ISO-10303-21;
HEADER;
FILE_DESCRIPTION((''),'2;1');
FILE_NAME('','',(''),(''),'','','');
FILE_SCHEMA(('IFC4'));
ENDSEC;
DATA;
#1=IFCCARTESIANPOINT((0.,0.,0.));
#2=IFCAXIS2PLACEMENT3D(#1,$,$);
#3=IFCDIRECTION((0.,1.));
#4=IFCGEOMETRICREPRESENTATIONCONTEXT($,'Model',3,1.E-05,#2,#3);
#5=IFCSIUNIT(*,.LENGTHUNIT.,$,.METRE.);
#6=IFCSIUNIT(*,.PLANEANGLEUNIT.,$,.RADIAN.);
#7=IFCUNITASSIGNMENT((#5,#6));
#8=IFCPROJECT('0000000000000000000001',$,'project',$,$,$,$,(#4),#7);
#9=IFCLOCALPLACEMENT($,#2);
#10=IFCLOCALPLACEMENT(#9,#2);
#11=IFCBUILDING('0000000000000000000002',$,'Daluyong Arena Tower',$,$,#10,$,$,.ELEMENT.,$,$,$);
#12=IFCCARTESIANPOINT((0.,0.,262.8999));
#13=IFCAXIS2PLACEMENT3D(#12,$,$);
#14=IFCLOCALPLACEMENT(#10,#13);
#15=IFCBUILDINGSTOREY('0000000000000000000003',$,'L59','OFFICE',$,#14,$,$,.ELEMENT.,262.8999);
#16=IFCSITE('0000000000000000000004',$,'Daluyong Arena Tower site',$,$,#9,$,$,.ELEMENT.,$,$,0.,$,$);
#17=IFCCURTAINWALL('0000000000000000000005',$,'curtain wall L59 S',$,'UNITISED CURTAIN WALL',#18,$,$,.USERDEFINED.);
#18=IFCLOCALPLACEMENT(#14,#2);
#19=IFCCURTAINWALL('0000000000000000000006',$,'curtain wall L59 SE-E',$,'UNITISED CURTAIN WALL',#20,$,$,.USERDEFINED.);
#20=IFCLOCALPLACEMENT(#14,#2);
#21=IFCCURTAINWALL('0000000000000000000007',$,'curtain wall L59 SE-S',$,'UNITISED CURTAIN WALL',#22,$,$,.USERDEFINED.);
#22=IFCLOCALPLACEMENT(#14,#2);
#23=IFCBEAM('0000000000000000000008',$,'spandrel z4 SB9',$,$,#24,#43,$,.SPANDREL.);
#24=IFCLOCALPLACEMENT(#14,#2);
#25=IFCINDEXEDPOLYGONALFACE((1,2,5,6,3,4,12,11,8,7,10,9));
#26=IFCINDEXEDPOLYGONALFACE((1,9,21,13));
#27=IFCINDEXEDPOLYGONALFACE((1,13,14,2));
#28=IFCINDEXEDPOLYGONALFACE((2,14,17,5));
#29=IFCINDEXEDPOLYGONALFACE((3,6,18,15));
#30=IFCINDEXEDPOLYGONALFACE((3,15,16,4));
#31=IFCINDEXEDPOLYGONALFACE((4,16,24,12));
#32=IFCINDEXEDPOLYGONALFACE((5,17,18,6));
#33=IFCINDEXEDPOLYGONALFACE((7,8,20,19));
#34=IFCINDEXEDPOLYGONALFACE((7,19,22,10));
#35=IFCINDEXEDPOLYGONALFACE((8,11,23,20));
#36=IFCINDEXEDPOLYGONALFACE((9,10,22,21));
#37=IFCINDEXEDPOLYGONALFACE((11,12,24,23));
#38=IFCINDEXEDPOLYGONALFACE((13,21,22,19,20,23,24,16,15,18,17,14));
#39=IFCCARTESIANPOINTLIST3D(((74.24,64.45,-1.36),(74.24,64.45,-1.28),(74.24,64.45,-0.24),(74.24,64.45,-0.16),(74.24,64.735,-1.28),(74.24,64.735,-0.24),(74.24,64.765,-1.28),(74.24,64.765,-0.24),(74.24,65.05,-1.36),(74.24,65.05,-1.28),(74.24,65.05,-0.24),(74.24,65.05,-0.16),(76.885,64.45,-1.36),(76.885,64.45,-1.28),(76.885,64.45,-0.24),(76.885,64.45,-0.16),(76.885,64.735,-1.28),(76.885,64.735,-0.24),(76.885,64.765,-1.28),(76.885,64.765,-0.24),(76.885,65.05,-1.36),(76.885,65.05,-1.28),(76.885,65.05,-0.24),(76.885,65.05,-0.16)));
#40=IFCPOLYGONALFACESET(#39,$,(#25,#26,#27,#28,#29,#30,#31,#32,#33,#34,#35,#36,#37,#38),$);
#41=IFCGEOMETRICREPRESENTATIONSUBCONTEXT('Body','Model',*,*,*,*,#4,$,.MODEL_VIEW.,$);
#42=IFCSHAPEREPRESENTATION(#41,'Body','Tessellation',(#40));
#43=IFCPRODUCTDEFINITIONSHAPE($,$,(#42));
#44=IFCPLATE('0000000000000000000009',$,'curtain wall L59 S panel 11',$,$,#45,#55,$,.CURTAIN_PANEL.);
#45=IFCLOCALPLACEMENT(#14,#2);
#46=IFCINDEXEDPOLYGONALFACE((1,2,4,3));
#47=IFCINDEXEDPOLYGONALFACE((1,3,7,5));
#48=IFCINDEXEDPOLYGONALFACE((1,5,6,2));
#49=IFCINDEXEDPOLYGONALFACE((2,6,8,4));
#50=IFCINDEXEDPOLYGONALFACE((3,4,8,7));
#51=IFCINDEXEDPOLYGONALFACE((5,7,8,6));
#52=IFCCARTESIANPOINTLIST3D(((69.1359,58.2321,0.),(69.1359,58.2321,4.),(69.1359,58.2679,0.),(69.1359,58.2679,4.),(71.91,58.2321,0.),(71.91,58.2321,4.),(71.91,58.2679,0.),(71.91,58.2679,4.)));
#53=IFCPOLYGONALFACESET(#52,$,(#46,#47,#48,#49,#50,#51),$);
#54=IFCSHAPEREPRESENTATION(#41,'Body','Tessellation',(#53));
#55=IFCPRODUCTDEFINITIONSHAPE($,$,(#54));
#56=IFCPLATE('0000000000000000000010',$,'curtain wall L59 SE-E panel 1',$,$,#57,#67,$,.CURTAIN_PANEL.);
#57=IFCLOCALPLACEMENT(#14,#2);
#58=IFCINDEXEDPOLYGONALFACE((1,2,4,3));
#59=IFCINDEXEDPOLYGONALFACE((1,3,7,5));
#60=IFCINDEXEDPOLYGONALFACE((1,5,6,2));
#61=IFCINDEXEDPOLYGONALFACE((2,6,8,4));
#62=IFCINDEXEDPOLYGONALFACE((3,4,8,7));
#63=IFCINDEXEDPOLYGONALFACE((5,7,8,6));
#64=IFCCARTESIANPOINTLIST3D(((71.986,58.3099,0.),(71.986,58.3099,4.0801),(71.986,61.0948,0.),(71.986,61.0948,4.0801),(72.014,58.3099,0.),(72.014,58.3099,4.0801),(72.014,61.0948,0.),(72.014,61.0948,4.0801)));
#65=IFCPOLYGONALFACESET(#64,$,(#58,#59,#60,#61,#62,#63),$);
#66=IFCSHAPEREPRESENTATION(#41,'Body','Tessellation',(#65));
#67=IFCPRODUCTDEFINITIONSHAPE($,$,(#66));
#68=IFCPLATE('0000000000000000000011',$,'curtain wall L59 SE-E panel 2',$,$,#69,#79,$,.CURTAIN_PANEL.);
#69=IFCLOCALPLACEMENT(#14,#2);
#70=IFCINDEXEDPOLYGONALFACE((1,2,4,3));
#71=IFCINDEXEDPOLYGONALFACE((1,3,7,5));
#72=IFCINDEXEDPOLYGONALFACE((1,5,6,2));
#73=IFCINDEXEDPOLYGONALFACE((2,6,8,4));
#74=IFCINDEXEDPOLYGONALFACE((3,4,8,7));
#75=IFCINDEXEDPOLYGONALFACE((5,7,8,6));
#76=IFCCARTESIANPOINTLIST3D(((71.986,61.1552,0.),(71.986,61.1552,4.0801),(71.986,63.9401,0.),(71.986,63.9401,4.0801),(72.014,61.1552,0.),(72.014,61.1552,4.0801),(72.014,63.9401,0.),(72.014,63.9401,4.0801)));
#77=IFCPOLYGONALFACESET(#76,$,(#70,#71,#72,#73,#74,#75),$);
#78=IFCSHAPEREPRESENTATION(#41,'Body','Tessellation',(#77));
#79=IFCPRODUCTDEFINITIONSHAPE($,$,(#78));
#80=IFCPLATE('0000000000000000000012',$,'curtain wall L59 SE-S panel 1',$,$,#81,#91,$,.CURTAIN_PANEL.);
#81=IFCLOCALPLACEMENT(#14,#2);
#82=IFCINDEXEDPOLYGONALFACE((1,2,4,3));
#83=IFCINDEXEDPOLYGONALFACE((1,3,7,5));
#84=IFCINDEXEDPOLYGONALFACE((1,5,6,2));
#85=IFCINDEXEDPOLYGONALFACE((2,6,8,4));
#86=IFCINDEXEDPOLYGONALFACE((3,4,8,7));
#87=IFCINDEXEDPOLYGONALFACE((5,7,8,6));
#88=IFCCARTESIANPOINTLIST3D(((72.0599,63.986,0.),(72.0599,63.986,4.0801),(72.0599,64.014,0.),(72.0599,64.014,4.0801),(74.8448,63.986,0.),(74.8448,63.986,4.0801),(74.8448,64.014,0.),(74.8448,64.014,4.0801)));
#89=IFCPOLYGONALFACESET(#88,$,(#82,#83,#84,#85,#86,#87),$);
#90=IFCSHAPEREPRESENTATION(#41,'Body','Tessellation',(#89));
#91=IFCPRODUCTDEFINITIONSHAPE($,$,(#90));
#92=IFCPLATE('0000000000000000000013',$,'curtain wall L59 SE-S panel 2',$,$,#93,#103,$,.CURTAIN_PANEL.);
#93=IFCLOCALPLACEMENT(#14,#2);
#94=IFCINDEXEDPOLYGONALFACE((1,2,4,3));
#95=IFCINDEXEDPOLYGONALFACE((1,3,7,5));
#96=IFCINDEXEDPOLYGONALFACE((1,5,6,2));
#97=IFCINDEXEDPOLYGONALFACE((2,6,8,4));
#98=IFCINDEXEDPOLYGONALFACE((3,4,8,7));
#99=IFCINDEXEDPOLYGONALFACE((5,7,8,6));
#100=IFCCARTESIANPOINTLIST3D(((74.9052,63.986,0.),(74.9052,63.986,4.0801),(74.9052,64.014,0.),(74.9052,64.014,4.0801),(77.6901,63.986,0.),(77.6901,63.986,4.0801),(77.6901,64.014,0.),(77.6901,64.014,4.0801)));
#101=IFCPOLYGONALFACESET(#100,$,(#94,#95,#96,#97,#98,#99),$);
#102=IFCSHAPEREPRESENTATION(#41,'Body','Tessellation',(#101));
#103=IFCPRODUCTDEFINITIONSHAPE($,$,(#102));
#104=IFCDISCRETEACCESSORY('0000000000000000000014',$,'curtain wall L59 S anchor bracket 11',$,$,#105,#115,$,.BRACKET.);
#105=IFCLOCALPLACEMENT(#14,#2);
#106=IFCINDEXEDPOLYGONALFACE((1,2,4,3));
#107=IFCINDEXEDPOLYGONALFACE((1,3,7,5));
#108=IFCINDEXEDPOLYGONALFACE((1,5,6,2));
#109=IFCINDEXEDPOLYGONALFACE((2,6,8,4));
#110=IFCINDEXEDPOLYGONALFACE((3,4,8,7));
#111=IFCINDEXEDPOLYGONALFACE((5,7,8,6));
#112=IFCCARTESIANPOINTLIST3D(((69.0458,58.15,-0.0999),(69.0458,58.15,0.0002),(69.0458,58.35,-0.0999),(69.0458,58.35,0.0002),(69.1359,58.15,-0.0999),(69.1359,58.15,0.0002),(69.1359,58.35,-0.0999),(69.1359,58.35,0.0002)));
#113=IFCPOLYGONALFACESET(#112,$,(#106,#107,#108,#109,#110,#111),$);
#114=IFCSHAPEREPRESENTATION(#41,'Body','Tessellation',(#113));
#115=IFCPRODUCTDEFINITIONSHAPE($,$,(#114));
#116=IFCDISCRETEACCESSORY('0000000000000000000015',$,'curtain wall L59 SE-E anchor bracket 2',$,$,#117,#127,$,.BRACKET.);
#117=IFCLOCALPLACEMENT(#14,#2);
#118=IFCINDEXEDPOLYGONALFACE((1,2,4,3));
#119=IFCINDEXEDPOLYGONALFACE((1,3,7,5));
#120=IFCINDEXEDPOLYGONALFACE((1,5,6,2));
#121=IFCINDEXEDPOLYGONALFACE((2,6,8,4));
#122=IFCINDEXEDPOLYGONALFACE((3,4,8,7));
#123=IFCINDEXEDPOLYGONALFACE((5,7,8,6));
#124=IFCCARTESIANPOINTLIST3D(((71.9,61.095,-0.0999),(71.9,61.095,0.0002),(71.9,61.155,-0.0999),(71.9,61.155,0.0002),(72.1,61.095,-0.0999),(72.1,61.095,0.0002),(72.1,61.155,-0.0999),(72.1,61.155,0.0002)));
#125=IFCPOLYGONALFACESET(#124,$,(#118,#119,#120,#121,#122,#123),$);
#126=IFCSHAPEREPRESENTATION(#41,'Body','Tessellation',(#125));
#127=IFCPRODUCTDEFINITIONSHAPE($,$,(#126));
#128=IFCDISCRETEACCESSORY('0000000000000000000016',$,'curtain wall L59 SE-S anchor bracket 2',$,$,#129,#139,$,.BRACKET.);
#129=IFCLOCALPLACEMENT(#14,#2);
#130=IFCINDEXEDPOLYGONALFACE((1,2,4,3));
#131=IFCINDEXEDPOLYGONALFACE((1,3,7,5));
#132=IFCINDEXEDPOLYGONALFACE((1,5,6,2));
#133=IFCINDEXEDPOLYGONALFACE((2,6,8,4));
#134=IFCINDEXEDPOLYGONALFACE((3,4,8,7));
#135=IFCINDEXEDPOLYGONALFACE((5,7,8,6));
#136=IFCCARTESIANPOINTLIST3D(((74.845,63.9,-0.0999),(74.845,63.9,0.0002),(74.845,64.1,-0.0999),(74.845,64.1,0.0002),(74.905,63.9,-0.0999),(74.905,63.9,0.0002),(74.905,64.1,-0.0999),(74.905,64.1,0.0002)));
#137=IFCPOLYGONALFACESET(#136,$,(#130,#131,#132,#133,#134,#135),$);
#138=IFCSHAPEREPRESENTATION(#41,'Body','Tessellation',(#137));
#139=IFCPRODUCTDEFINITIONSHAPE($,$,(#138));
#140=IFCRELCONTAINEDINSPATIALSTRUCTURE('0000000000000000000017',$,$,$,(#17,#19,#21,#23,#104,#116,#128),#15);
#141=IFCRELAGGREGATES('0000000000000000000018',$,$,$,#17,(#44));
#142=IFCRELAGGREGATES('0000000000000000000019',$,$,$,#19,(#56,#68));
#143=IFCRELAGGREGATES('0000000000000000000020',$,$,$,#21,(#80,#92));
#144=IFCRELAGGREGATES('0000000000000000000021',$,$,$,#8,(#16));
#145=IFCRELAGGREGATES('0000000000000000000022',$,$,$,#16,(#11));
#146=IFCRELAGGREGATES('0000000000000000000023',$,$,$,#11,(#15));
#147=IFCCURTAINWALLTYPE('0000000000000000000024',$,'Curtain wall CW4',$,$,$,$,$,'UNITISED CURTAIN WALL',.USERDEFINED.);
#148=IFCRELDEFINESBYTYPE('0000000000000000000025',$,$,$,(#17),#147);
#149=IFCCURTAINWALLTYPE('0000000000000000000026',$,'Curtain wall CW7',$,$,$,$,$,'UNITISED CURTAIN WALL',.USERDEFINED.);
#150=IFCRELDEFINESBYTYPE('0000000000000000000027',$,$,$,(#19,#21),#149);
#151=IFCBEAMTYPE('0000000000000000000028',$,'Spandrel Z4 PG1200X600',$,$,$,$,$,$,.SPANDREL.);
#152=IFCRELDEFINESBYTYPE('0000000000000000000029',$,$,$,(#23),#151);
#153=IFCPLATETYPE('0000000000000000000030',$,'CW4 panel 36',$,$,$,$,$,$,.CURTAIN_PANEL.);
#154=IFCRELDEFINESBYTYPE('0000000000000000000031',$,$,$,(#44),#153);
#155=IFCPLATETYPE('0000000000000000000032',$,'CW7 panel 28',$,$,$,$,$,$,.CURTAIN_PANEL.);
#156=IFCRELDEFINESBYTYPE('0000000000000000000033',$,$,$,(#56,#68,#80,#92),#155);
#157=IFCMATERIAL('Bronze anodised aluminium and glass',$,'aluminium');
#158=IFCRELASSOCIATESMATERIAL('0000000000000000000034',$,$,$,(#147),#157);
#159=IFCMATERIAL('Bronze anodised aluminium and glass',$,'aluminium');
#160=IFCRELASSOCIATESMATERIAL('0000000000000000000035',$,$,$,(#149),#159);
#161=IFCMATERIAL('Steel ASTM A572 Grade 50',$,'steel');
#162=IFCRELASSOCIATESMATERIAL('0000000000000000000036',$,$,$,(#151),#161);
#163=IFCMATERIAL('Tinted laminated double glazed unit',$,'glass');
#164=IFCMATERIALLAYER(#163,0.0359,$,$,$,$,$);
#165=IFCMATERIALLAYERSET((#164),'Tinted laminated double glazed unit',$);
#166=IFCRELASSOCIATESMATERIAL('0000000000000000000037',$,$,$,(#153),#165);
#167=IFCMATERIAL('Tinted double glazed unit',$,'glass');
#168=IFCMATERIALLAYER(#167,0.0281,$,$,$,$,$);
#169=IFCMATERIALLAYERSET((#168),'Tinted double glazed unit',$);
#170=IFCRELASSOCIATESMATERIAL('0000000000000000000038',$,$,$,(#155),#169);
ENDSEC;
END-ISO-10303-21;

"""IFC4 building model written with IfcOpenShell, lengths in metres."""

from ifc_helpers import new_model, si_unit, direction, frame, origin, origin_2d, place, context, subcontext, project, spatial, rectangle, i_section, extrude, material, layer, layer_set, material_profile, profile_set, type_object, element, aggregate, save


model = new_model("IFC4")

# Units and contexts
model_context = context("Model", 3, precision=1e-05, world=origin(), true_north=direction((0.0, 1.0)))
body_context = subcontext(model_context, "Body", "Model", "MODEL_VIEW")
ifc_project = project(units=[si_unit("LENGTHUNIT", "METRE"), si_unit("PLANEANGLEUNIT", "RADIAN")], contexts=[model_context])

# Site, building, storey
site_placement = place(None, origin())
site = spatial("IfcSite", under=ifc_project, at=site_placement, Name="Daluyong Arena Tower site", CompositionType="ELEMENT", RefElevation=0.0)
building_placement = place(site_placement, origin())
building = spatial("IfcBuilding", under=site, at=building_placement, Name="Daluyong Arena Tower", CompositionType="ELEMENT")
storey_placement = place(building_placement, frame((0.0, 0.0, 262.8999)))
storey = spatial("IfcBuildingStorey", under=building, at=storey_placement, Name="L59", Description="OFFICE", CompositionType="ELEMENT", Elevation=262.8999)

# Curtain wall
ifc_material_1 = material(Name="Bronze anodised aluminium and glass", Category="aluminium")
curtain_wall_type_1 = type_object("IfcCurtainWallType", Name="Curtain wall CW4", ElementType="UNITISED CURTAIN WALL", PredefinedType="USERDEFINED", material=ifc_material_1)
curtain_wall_1_placement = place(storey_placement, origin())
curtain_wall_1 = element("IfcCurtainWall", 1, at=curtain_wall_1_placement, inside=storey, type_object=curtain_wall_type_1, Name="curtain wall L59 S", ObjectType="UNITISED CURTAIN WALL", PredefinedType="USERDEFINED")

# Curtain walls
ifc_material_2 = material(Name="Bronze anodised aluminium and glass", Category="aluminium")
curtain_wall_type_2 = type_object("IfcCurtainWallType", Name="Curtain wall CW7", ElementType="UNITISED CURTAIN WALL", PredefinedType="USERDEFINED", material=ifc_material_2)
curtain_wall_2_placement = place(storey_placement, origin())
curtain_wall_2 = element("IfcCurtainWall", 2, at=curtain_wall_2_placement, inside=storey, type_object=curtain_wall_type_2, Name="curtain wall L59 SE-E", ObjectType="UNITISED CURTAIN WALL", PredefinedType="USERDEFINED")
curtain_wall_3_placement = place(storey_placement, origin())
curtain_wall_3 = element("IfcCurtainWall", 3, at=curtain_wall_3_placement, inside=storey, type_object=curtain_wall_type_2, Name="curtain wall L59 SE-S", ObjectType="UNITISED CURTAIN WALL", PredefinedType="USERDEFINED")

# Beam
ifc_material_3 = material(Name="Steel ASTM A572 Grade 50", Category="steel")
ifc_material_profile_1 = material_profile(ifc_material_3, i_section(OverallWidth=0.6001, OverallDepth=1.2, WebThickness=0.03, FlangeThickness=0.08, at=origin_2d()))
ifc_profile_set_1 = profile_set([ifc_material_profile_1], Name="Steel ASTM A572 Grade 50")
beam_type_1 = type_object("IfcBeamType", Name="Spandrel Z4 PG1200X600", PredefinedType="SPANDREL", material=ifc_profile_set_1)
for number, where, z_axis, x_axis, name in (
    (4, (74.24, 64.75, -0.76), (1.0, 0.0, 0.0), (0.0, 1.0, 0.0), "spandrel z4 SB9"),
):
    element("IfcBeam", number, at=place(storey_placement, frame(where, z_axis=z_axis, x_axis=x_axis)), inside=storey, type_object=beam_type_1, Name=name, PredefinedType="SPANDREL", context=body_context, shape_type="SweptSolid", body=[
        extrude(i_section(OverallWidth=0.6001, OverallDepth=1.2, WebThickness=0.03, FlangeThickness=0.08, at=origin_2d()), origin(), (0.0, 0.0, 1.0), 2.645),
    ])

# Plates
ifc_material_4 = material(Name="Tinted laminated double glazed unit", Category="glass")
ifc_layer_1 = layer(ifc_material_4, 0.0359)
ifc_layer_set_1 = layer_set([ifc_layer_1], Name="Tinted laminated double glazed unit")
plate_type_1 = type_object("IfcPlateType", Name="CW4 panel 36", PredefinedType="CURTAIN_PANEL", material=ifc_layer_set_1)
plate_1_placement = place(storey_placement, frame((70.5229, 58.25, 0.0), z_axis=(0.0, 0.0, 1.0), x_axis=(1.0, 0.0, 0.0)))
plate_1 = element("IfcPlate", 5, at=plate_1_placement, type_object=plate_type_1, Name="curtain wall L59 S panel 11", PredefinedType="CURTAIN_PANEL", context=body_context, shape_type="SweptSolid", body=[
    extrude(rectangle(XDim=2.7742, YDim=0.0359, at=origin_2d()), origin(), (0.0, 0.0, 1.0), 4.0),
])
aggregate(curtain_wall_1, [plate_1])
ifc_material_5 = material(Name="Tinted double glazed unit", Category="glass")
ifc_layer_2 = layer(ifc_material_5, 0.0281)
ifc_layer_set_2 = layer_set([ifc_layer_2], Name="Tinted double glazed unit")
plate_type_2 = type_object("IfcPlateType", Name="CW7 panel 28", PredefinedType="CURTAIN_PANEL", material=ifc_layer_set_2)
plate_2_placement = place(storey_placement, frame((72.0, 59.7024, 0.0), z_axis=(0.0, 0.0, 1.0), x_axis=(0.0, 1.0, 0.0)))
plate_2 = element("IfcPlate", 6, at=plate_2_placement, type_object=plate_type_2, Name="curtain wall L59 SE-E panel 1", PredefinedType="CURTAIN_PANEL", context=body_context, shape_type="SweptSolid", body=[
    extrude(rectangle(XDim=2.7849, YDim=0.0281, at=origin_2d()), origin(), (0.0, 0.0, 1.0), 4.0801),
])
plate_3_placement = place(storey_placement, frame((72.0, 62.5476, 0.0), z_axis=(0.0, 0.0, 1.0), x_axis=(0.0, 1.0, 0.0)))
plate_3 = element("IfcPlate", 7, at=plate_3_placement, type_object=plate_type_2, Name="curtain wall L59 SE-E panel 2", PredefinedType="CURTAIN_PANEL", context=body_context, shape_type="SweptSolid", body=[
    extrude(rectangle(XDim=2.7849, YDim=0.0281, at=origin_2d()), origin(), (0.0, 0.0, 1.0), 4.0801),
])
aggregate(curtain_wall_2, [plate_2, plate_3])
plate_4_placement = place(storey_placement, frame((73.4524, 64.0, 0.0), z_axis=(0.0, 0.0, 1.0), x_axis=(1.0, 0.0, 0.0)))
plate_4 = element("IfcPlate", 8, at=plate_4_placement, type_object=plate_type_2, Name="curtain wall L59 SE-S panel 1", PredefinedType="CURTAIN_PANEL", context=body_context, shape_type="SweptSolid", body=[
    extrude(rectangle(XDim=2.7849, YDim=0.0281, at=origin_2d()), origin(), (0.0, 0.0, 1.0), 4.0801),
])
plate_5_placement = place(storey_placement, frame((76.2976, 64.0, 0.0), z_axis=(0.0, 0.0, 1.0), x_axis=(1.0, 0.0, 0.0)))
plate_5 = element("IfcPlate", 9, at=plate_5_placement, type_object=plate_type_2, Name="curtain wall L59 SE-S panel 2", PredefinedType="CURTAIN_PANEL", context=body_context, shape_type="SweptSolid", body=[
    extrude(rectangle(XDim=2.7849, YDim=0.0281, at=origin_2d()), origin(), (0.0, 0.0, 1.0), 4.0801),
])
aggregate(curtain_wall_3, [plate_4, plate_5])

# Discrete accessories
discrete_accessory_placement = place(storey_placement, frame((69.0908, 58.25, -0.0999), z_axis=(0.0, 0.0, 1.0), x_axis=(1.0, 0.0, 0.0)))
element("IfcDiscreteAccessory", 10, at=discrete_accessory_placement, inside=storey, Name="curtain wall L59 S anchor bracket 11", PredefinedType="BRACKET", context=body_context, shape_type="SweptSolid", body=[
    extrude(rectangle(XDim=0.0901, YDim=0.2, at=origin_2d()), origin(), (0.0, 0.0, 1.0), 0.1001),
])
for number, where, z_axis, x_axis, name in (
    (11, (72.0, 61.125, -0.0999), (0.0, 0.0, 1.0), (0.0, 1.0, 0.0), "curtain wall L59 SE-E anchor bracket 2"),
    (12, (74.875, 64.0, -0.0999), (0.0, 0.0, 1.0), (1.0, 0.0, 0.0), "curtain wall L59 SE-S anchor bracket 2"),
):
    element("IfcDiscreteAccessory", number, at=place(storey_placement, frame(where, z_axis=z_axis, x_axis=x_axis)), inside=storey, Name=name, PredefinedType="BRACKET", context=body_context, shape_type="SweptSolid", body=[
        extrude(rectangle(XDim=0.0601, YDim=0.2, at=origin_2d()), origin(), (0.0, 0.0, 1.0), 0.1001),
    ])

save(model, "model.ifc")
